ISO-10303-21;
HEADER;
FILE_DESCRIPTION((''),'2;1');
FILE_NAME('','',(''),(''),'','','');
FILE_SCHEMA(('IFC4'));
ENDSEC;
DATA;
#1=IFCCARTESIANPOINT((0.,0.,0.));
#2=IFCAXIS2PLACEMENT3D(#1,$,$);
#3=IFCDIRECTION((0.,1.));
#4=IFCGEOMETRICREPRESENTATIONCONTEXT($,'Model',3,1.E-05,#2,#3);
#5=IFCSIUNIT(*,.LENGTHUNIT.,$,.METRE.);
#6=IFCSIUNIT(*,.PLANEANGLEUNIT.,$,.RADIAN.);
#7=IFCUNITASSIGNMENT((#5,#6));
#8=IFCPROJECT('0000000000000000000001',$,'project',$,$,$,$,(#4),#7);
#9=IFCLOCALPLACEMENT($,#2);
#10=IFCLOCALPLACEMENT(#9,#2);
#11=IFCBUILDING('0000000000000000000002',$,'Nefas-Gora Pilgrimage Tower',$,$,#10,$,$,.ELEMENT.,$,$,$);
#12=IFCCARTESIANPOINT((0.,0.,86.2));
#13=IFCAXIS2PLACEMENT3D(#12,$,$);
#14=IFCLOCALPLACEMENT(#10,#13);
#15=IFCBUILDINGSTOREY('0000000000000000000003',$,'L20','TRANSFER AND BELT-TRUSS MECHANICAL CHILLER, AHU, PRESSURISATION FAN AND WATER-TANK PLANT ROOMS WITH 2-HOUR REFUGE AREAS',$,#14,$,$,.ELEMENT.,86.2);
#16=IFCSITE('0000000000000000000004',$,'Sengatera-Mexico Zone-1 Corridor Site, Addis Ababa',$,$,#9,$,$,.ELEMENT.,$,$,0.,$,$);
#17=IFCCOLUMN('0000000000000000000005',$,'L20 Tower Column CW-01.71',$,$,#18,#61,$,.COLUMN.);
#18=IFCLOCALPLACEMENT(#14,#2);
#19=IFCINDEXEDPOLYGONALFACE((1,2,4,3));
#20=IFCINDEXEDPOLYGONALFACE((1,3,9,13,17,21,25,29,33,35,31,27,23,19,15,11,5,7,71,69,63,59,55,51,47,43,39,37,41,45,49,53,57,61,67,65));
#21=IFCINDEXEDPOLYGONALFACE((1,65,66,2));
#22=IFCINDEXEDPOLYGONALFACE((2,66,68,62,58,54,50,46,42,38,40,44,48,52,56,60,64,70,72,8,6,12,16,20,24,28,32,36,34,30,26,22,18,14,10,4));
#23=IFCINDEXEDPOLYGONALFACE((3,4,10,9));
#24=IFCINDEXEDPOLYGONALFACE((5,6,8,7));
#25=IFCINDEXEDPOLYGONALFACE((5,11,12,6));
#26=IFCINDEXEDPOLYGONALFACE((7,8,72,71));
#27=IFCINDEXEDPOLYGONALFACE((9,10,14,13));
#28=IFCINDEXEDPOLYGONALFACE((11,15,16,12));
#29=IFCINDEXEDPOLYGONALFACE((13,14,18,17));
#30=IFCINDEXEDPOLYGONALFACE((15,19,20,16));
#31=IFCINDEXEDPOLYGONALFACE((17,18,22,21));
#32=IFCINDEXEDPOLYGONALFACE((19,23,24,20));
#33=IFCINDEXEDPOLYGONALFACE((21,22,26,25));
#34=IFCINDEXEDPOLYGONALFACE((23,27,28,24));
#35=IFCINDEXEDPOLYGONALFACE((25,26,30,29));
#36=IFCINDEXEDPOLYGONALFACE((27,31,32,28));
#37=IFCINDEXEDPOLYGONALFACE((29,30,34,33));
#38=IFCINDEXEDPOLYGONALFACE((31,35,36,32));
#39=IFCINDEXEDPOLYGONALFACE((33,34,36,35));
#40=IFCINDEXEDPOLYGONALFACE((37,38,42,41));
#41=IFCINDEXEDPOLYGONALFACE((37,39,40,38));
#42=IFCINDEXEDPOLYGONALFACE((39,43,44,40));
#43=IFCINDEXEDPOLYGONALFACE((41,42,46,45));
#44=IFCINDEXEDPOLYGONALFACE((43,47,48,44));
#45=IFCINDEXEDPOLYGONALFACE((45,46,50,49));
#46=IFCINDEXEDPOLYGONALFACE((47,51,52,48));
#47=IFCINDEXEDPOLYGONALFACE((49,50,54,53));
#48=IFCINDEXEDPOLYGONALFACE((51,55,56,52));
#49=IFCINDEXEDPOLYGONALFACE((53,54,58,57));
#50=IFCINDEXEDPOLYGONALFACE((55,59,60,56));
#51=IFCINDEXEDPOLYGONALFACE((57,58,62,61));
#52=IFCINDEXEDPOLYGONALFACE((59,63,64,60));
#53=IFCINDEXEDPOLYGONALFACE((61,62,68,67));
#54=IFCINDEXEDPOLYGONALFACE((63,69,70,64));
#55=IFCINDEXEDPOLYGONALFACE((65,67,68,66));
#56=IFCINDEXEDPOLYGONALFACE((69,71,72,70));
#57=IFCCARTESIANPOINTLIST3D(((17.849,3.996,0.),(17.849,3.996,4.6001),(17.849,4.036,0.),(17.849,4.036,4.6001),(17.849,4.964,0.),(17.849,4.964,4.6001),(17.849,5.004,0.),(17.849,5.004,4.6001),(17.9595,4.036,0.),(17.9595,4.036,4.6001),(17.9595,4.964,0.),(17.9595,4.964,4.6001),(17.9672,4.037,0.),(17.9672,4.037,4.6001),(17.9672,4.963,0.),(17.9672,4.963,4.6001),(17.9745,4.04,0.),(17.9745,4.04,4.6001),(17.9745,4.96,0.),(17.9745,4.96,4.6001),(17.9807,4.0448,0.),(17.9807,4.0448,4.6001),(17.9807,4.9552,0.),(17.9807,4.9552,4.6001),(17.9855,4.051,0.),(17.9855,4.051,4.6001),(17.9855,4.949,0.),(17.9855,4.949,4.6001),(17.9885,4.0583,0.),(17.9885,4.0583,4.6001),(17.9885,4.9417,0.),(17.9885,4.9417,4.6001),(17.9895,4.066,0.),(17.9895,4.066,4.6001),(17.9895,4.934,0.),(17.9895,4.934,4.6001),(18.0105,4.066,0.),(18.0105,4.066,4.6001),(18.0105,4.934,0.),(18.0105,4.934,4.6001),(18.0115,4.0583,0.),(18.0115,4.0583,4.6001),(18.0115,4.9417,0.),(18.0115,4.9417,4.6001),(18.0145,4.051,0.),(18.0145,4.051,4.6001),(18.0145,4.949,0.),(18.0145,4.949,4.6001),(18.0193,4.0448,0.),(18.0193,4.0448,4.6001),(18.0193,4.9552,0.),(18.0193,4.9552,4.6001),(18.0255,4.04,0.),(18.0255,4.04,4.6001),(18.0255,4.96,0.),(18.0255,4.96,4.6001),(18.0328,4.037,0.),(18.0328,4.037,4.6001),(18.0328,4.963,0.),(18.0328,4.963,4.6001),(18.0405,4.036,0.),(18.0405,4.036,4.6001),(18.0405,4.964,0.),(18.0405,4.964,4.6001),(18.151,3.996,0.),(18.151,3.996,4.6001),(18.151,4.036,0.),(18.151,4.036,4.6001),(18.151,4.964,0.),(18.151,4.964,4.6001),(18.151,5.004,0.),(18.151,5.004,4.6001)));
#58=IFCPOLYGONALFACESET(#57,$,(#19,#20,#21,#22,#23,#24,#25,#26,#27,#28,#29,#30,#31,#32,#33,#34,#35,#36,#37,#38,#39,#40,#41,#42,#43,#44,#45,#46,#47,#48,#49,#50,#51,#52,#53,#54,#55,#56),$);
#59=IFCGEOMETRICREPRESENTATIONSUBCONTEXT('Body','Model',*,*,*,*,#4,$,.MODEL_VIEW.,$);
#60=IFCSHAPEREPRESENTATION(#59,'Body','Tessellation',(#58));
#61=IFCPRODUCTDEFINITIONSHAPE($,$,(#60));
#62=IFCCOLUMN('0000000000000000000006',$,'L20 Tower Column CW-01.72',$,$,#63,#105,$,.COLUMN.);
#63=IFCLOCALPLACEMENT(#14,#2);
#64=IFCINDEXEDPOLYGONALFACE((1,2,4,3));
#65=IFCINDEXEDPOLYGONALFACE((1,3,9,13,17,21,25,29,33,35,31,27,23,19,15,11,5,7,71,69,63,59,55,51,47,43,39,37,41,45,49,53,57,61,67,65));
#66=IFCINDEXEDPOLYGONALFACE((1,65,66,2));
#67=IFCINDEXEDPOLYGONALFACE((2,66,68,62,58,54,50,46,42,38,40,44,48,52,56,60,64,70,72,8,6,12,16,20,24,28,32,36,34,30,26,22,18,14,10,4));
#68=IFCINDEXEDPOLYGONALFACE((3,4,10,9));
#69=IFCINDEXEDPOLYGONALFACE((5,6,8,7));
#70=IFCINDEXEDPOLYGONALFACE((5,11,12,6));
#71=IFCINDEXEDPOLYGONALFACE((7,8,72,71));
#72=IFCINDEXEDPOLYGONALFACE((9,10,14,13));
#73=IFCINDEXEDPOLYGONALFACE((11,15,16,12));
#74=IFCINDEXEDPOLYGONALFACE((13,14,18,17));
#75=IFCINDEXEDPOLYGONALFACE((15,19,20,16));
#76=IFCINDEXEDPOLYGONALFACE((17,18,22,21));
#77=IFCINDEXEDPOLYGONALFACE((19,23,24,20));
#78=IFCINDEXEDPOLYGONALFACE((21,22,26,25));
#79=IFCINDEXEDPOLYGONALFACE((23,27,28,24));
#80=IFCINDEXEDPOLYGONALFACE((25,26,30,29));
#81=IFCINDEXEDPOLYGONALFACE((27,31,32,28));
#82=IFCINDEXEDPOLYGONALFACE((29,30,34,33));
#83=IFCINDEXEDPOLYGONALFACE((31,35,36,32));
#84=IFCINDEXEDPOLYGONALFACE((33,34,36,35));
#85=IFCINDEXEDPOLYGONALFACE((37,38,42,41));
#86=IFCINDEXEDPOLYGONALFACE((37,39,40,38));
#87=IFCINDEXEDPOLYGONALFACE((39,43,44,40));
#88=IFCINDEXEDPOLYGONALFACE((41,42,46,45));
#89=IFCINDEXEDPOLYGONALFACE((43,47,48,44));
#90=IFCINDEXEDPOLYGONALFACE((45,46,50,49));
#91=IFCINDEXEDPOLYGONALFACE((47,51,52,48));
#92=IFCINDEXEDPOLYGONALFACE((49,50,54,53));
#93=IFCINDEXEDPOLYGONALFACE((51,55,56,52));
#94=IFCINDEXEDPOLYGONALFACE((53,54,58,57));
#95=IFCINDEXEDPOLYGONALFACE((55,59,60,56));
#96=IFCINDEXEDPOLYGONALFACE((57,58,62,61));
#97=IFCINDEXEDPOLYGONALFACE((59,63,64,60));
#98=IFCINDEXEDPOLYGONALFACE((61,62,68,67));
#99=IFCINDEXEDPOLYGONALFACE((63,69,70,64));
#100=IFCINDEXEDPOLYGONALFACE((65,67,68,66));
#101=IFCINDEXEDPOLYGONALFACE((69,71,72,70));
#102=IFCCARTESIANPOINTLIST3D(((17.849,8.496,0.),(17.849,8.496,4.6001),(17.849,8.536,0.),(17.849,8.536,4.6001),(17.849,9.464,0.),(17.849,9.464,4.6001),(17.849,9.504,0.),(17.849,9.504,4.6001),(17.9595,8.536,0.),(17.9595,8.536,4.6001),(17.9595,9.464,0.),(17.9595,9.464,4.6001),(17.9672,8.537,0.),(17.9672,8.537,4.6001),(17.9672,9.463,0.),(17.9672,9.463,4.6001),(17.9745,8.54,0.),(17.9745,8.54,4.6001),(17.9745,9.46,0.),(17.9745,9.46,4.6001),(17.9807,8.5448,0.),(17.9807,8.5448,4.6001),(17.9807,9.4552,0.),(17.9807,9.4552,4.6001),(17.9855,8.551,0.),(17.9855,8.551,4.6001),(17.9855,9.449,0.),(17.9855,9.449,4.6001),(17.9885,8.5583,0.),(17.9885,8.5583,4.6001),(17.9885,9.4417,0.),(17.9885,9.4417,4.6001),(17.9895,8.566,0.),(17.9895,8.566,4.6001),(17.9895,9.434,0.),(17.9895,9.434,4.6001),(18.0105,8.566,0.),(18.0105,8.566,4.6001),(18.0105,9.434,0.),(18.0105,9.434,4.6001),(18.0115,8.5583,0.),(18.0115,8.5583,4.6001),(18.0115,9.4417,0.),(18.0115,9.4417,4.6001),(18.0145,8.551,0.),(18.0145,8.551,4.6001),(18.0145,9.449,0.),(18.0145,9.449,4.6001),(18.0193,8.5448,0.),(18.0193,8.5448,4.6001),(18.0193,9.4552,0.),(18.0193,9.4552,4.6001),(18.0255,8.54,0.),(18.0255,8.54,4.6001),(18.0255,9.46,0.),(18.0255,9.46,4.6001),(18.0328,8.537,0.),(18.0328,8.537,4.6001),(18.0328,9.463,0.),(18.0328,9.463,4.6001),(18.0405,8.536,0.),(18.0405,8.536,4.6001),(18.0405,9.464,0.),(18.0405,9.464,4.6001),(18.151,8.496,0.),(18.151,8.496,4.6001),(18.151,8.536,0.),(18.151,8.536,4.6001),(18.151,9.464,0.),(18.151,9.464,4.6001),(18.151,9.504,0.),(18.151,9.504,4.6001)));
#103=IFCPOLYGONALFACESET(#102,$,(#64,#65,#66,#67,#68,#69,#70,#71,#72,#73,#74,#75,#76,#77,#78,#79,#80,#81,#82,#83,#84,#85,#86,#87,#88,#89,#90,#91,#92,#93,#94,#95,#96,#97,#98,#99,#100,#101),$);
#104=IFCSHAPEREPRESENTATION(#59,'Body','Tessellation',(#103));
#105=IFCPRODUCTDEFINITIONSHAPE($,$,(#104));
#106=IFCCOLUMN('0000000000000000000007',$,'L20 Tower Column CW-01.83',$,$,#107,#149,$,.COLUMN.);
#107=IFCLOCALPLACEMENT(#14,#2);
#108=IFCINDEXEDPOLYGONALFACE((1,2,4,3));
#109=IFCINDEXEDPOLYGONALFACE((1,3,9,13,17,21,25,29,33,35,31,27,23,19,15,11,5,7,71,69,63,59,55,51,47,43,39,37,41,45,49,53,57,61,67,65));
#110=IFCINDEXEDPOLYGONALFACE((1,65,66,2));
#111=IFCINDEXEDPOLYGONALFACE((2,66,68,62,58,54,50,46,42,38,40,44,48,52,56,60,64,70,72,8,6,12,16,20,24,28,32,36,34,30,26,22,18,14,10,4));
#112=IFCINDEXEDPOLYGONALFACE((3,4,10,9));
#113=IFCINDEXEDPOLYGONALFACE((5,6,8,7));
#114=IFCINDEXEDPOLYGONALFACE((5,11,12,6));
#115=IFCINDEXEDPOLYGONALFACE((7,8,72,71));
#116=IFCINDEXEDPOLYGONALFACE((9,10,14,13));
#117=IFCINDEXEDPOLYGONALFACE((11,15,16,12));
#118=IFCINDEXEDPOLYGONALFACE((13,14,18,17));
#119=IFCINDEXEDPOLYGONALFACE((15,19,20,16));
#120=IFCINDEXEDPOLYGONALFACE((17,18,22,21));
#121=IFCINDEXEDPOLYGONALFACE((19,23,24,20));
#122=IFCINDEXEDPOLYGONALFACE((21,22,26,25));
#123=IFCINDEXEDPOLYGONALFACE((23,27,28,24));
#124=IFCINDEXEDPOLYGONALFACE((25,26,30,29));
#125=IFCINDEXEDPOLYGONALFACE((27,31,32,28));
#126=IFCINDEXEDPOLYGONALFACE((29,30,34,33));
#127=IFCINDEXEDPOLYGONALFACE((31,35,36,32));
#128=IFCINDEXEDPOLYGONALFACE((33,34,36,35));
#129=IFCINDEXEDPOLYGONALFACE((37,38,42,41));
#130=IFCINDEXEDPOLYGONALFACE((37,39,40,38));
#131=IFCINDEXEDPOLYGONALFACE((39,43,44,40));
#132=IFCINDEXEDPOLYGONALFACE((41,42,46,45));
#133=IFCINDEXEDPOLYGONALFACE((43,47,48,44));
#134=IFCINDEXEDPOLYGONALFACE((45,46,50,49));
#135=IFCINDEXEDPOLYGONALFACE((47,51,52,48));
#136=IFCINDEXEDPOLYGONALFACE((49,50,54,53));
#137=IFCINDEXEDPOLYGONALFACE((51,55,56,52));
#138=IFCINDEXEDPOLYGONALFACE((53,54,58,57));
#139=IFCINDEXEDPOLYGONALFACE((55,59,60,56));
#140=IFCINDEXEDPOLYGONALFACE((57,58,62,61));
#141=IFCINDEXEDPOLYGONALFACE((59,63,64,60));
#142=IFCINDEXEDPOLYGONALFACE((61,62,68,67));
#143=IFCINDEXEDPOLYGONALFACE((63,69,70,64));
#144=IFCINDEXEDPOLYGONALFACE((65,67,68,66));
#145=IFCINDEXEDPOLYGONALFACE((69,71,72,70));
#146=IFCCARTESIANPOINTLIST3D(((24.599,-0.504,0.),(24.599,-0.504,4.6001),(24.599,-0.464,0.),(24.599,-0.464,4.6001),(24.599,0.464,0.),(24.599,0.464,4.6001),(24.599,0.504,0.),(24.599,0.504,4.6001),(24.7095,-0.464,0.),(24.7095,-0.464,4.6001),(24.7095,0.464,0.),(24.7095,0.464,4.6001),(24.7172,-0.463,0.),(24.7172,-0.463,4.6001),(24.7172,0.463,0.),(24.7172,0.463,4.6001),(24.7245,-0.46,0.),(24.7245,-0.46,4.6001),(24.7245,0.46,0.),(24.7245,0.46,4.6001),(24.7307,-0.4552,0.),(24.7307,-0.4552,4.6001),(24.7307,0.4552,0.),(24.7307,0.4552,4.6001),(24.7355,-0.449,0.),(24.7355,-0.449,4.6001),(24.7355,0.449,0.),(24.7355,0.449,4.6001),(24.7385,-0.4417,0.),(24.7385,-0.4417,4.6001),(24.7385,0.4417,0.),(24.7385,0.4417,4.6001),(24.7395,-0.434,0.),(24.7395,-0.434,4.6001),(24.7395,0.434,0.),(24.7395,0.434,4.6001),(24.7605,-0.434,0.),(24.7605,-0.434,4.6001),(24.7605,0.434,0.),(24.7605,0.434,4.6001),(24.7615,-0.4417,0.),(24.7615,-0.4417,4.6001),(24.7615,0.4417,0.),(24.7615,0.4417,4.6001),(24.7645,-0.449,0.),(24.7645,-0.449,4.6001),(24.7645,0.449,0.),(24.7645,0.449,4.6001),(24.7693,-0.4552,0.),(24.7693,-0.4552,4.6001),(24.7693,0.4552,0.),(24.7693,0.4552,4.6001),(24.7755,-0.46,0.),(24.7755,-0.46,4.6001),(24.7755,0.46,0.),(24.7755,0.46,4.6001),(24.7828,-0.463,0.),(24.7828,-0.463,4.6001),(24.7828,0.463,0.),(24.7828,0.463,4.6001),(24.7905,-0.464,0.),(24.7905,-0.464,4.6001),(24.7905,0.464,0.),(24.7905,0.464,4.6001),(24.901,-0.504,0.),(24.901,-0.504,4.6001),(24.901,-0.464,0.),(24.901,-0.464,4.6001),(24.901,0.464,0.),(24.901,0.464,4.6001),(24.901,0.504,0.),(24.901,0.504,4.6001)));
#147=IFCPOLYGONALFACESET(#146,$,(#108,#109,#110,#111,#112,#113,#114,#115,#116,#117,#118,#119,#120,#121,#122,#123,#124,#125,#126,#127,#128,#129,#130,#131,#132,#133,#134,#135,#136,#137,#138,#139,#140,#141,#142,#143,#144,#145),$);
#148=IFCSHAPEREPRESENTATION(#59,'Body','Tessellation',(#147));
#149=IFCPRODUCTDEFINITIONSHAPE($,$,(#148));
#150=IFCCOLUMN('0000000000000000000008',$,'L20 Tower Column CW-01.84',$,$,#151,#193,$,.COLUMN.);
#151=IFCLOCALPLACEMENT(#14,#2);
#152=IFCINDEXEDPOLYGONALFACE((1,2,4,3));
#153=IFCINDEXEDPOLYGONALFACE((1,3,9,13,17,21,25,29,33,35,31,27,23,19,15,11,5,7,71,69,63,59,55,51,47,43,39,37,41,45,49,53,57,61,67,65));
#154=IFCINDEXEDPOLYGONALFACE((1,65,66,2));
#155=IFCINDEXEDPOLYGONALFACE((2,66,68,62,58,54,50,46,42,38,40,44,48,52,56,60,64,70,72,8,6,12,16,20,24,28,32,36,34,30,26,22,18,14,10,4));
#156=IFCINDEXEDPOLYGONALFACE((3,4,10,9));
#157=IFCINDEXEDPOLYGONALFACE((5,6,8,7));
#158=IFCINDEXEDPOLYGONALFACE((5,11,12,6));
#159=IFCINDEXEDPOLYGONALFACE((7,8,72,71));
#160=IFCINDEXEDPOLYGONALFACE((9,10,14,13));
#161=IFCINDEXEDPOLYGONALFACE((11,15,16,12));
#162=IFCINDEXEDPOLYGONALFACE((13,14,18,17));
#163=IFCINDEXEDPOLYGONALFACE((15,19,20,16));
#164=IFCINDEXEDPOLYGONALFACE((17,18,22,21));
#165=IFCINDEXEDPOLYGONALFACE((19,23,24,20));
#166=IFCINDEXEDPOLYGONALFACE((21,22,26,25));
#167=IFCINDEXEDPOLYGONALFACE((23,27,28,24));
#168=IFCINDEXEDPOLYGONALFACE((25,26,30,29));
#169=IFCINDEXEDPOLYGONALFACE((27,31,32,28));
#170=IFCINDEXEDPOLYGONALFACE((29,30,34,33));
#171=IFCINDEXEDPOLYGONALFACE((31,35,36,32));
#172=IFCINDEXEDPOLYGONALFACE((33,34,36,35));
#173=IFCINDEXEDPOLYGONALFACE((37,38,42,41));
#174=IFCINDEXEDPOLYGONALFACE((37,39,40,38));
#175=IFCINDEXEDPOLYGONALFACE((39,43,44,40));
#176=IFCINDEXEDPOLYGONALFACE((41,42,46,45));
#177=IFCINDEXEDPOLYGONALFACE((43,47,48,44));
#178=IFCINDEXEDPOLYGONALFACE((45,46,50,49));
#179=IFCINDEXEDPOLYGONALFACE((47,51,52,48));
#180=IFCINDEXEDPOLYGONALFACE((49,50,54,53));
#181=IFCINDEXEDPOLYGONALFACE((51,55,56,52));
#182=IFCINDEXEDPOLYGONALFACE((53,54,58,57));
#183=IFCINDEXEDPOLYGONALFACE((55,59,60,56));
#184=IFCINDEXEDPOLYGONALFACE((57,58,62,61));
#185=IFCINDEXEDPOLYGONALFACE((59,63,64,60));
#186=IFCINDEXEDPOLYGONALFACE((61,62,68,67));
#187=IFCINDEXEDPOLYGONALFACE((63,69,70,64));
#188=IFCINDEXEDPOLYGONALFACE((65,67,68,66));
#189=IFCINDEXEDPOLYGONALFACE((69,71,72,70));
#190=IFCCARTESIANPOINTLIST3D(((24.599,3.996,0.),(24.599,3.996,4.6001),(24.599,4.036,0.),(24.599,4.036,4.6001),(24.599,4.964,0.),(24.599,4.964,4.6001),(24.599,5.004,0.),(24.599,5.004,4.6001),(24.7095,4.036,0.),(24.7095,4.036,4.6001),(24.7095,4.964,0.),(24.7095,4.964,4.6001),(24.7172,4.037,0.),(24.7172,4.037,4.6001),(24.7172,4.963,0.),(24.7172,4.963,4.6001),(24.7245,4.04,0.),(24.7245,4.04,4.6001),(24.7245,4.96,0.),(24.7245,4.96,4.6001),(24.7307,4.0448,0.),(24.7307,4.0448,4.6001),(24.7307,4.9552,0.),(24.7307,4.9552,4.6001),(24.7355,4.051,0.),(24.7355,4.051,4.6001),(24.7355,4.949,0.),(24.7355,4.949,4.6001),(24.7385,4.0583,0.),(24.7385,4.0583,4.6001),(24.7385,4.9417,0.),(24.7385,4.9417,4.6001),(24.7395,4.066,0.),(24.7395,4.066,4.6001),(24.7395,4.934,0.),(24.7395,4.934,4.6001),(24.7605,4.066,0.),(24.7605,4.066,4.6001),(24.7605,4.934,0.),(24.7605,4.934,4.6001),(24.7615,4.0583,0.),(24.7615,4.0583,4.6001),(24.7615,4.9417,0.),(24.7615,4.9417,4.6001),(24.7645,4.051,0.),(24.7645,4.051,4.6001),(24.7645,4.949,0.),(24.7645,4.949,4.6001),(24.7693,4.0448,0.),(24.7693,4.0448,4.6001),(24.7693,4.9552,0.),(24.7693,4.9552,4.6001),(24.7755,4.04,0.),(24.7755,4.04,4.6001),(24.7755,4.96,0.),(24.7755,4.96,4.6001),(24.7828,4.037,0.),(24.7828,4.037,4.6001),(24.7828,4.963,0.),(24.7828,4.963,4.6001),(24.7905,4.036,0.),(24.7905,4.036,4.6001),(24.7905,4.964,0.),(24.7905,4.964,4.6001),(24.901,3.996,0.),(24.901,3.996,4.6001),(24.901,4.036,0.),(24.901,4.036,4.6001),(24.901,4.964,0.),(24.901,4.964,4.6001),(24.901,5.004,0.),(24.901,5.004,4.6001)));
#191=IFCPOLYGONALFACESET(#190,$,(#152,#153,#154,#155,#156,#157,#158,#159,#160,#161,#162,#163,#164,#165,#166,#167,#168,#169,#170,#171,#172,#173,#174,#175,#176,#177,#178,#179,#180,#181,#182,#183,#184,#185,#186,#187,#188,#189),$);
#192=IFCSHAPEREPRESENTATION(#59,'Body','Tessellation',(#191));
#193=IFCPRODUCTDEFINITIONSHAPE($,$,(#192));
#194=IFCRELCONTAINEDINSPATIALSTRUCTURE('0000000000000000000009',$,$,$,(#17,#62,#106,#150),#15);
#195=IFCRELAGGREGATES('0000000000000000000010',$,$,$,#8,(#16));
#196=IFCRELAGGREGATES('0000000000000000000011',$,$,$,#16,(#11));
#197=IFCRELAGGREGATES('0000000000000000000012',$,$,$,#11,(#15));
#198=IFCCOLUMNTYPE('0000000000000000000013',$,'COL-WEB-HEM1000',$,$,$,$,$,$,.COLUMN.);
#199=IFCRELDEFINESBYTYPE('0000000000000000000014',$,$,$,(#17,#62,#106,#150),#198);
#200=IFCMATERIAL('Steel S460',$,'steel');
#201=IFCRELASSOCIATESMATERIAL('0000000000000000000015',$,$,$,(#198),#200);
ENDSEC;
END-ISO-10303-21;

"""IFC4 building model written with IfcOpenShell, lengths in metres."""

from ifc_helpers import new_model, si_unit, direction, frame, origin, origin_2d, place, context, subcontext, project, spatial, i_section, extrude, source, transform, mapped, material, material_profile, profile_set, type_object, element, save


model = new_model("IFC4")

# Units and contexts
model_context = context("Model", 3, precision=1e-05, world=origin(), true_north=direction((0.0, 1.0)))
body_context = subcontext(model_context, "Body", "Model", "MODEL_VIEW")
ifc_project = project(units=[si_unit("LENGTHUNIT", "METRE"), si_unit("PLANEANGLEUNIT", "RADIAN")], contexts=[model_context])

# Site, building, storey
site_placement = place(None, origin())
site = spatial("IfcSite", under=ifc_project, at=site_placement, Name="Sengatera-Mexico Zone-1 Corridor Site, Addis Ababa", CompositionType="ELEMENT", RefElevation=0.0)
building_placement = place(site_placement, origin())
building = spatial("IfcBuilding", under=site, at=building_placement, Name="Nefas-Gora Pilgrimage Tower", CompositionType="ELEMENT")
storey_placement = place(building_placement, frame((0.0, 0.0, 86.2)))
storey = spatial("IfcBuildingStorey", under=building, at=storey_placement, Name="L20", Description="TRANSFER AND BELT-TRUSS MECHANICAL CHILLER, AHU, PRESSURISATION FAN AND WATER-TANK PLANT ROOMS WITH 2-HOUR REFUGE AREAS", CompositionType="ELEMENT", Elevation=86.2)

# Columns
ifc_material_1 = material(Name="Steel S460", Category="steel")
ifc_material_profile_1 = material_profile(ifc_material_1, i_section(OverallWidth=0.302, OverallDepth=1.0081, WebThickness=0.021, FlangeThickness=0.04, FilletRadius=0.03, at=origin_2d()), Name="HEM 1000")
ifc_profile_set_1 = profile_set([ifc_material_profile_1], Name="Steel S460")
column_type_1 = type_object("IfcColumnType", Name="COL-WEB-HEM1000", PredefinedType="COLUMN", material=ifc_profile_set_1)
shared_shape_1 = source(origin(), body_context, "Body", "SweptSolid", [
    extrude(i_section(OverallWidth=0.302, OverallDepth=1.0081, WebThickness=0.021, FlangeThickness=0.04, FilletRadius=0.03, at=origin_2d()), origin(), (0.0, 0.0, 1.0), 4.6001),
])
for number, where, z_axis, x_axis, name in (
    (1, (18.0, 4.5, 0.0), (0.0, 0.0, 1.0), (1.0, 0.0, 0.0), "L20 Tower Column CW-01.71"),
    (2, (18.0, 9.0, 0.0), (0.0, 0.0, 1.0), (1.0, 0.0, 0.0), "L20 Tower Column CW-01.72"),
    (3, (24.75, 0.0, 0.0), (0.0, 0.0, 1.0), (1.0, 0.0, 0.0), "L20 Tower Column CW-01.83"),
    (4, (24.75, 4.5, 0.0), (0.0, 0.0, 1.0), (1.0, 0.0, 0.0), "L20 Tower Column CW-01.84"),
):
    element("IfcColumn", number, at=place(storey_placement, frame(where, z_axis=z_axis, x_axis=x_axis)), inside=storey, type_object=column_type_1, Name=name, PredefinedType="COLUMN", context=body_context, shape_type="MappedRepresentation", body=[
        mapped(shared_shape_1, transform((0.0, 0.0, 0.0), x_axis=(1.0, 0.0, 0.0), y_axis=(0.0, 1.0, 0.0), z_axis=(0.0, 0.0, 1.0), scale=1.0)),
    ])

save(model, "model.ifc")
